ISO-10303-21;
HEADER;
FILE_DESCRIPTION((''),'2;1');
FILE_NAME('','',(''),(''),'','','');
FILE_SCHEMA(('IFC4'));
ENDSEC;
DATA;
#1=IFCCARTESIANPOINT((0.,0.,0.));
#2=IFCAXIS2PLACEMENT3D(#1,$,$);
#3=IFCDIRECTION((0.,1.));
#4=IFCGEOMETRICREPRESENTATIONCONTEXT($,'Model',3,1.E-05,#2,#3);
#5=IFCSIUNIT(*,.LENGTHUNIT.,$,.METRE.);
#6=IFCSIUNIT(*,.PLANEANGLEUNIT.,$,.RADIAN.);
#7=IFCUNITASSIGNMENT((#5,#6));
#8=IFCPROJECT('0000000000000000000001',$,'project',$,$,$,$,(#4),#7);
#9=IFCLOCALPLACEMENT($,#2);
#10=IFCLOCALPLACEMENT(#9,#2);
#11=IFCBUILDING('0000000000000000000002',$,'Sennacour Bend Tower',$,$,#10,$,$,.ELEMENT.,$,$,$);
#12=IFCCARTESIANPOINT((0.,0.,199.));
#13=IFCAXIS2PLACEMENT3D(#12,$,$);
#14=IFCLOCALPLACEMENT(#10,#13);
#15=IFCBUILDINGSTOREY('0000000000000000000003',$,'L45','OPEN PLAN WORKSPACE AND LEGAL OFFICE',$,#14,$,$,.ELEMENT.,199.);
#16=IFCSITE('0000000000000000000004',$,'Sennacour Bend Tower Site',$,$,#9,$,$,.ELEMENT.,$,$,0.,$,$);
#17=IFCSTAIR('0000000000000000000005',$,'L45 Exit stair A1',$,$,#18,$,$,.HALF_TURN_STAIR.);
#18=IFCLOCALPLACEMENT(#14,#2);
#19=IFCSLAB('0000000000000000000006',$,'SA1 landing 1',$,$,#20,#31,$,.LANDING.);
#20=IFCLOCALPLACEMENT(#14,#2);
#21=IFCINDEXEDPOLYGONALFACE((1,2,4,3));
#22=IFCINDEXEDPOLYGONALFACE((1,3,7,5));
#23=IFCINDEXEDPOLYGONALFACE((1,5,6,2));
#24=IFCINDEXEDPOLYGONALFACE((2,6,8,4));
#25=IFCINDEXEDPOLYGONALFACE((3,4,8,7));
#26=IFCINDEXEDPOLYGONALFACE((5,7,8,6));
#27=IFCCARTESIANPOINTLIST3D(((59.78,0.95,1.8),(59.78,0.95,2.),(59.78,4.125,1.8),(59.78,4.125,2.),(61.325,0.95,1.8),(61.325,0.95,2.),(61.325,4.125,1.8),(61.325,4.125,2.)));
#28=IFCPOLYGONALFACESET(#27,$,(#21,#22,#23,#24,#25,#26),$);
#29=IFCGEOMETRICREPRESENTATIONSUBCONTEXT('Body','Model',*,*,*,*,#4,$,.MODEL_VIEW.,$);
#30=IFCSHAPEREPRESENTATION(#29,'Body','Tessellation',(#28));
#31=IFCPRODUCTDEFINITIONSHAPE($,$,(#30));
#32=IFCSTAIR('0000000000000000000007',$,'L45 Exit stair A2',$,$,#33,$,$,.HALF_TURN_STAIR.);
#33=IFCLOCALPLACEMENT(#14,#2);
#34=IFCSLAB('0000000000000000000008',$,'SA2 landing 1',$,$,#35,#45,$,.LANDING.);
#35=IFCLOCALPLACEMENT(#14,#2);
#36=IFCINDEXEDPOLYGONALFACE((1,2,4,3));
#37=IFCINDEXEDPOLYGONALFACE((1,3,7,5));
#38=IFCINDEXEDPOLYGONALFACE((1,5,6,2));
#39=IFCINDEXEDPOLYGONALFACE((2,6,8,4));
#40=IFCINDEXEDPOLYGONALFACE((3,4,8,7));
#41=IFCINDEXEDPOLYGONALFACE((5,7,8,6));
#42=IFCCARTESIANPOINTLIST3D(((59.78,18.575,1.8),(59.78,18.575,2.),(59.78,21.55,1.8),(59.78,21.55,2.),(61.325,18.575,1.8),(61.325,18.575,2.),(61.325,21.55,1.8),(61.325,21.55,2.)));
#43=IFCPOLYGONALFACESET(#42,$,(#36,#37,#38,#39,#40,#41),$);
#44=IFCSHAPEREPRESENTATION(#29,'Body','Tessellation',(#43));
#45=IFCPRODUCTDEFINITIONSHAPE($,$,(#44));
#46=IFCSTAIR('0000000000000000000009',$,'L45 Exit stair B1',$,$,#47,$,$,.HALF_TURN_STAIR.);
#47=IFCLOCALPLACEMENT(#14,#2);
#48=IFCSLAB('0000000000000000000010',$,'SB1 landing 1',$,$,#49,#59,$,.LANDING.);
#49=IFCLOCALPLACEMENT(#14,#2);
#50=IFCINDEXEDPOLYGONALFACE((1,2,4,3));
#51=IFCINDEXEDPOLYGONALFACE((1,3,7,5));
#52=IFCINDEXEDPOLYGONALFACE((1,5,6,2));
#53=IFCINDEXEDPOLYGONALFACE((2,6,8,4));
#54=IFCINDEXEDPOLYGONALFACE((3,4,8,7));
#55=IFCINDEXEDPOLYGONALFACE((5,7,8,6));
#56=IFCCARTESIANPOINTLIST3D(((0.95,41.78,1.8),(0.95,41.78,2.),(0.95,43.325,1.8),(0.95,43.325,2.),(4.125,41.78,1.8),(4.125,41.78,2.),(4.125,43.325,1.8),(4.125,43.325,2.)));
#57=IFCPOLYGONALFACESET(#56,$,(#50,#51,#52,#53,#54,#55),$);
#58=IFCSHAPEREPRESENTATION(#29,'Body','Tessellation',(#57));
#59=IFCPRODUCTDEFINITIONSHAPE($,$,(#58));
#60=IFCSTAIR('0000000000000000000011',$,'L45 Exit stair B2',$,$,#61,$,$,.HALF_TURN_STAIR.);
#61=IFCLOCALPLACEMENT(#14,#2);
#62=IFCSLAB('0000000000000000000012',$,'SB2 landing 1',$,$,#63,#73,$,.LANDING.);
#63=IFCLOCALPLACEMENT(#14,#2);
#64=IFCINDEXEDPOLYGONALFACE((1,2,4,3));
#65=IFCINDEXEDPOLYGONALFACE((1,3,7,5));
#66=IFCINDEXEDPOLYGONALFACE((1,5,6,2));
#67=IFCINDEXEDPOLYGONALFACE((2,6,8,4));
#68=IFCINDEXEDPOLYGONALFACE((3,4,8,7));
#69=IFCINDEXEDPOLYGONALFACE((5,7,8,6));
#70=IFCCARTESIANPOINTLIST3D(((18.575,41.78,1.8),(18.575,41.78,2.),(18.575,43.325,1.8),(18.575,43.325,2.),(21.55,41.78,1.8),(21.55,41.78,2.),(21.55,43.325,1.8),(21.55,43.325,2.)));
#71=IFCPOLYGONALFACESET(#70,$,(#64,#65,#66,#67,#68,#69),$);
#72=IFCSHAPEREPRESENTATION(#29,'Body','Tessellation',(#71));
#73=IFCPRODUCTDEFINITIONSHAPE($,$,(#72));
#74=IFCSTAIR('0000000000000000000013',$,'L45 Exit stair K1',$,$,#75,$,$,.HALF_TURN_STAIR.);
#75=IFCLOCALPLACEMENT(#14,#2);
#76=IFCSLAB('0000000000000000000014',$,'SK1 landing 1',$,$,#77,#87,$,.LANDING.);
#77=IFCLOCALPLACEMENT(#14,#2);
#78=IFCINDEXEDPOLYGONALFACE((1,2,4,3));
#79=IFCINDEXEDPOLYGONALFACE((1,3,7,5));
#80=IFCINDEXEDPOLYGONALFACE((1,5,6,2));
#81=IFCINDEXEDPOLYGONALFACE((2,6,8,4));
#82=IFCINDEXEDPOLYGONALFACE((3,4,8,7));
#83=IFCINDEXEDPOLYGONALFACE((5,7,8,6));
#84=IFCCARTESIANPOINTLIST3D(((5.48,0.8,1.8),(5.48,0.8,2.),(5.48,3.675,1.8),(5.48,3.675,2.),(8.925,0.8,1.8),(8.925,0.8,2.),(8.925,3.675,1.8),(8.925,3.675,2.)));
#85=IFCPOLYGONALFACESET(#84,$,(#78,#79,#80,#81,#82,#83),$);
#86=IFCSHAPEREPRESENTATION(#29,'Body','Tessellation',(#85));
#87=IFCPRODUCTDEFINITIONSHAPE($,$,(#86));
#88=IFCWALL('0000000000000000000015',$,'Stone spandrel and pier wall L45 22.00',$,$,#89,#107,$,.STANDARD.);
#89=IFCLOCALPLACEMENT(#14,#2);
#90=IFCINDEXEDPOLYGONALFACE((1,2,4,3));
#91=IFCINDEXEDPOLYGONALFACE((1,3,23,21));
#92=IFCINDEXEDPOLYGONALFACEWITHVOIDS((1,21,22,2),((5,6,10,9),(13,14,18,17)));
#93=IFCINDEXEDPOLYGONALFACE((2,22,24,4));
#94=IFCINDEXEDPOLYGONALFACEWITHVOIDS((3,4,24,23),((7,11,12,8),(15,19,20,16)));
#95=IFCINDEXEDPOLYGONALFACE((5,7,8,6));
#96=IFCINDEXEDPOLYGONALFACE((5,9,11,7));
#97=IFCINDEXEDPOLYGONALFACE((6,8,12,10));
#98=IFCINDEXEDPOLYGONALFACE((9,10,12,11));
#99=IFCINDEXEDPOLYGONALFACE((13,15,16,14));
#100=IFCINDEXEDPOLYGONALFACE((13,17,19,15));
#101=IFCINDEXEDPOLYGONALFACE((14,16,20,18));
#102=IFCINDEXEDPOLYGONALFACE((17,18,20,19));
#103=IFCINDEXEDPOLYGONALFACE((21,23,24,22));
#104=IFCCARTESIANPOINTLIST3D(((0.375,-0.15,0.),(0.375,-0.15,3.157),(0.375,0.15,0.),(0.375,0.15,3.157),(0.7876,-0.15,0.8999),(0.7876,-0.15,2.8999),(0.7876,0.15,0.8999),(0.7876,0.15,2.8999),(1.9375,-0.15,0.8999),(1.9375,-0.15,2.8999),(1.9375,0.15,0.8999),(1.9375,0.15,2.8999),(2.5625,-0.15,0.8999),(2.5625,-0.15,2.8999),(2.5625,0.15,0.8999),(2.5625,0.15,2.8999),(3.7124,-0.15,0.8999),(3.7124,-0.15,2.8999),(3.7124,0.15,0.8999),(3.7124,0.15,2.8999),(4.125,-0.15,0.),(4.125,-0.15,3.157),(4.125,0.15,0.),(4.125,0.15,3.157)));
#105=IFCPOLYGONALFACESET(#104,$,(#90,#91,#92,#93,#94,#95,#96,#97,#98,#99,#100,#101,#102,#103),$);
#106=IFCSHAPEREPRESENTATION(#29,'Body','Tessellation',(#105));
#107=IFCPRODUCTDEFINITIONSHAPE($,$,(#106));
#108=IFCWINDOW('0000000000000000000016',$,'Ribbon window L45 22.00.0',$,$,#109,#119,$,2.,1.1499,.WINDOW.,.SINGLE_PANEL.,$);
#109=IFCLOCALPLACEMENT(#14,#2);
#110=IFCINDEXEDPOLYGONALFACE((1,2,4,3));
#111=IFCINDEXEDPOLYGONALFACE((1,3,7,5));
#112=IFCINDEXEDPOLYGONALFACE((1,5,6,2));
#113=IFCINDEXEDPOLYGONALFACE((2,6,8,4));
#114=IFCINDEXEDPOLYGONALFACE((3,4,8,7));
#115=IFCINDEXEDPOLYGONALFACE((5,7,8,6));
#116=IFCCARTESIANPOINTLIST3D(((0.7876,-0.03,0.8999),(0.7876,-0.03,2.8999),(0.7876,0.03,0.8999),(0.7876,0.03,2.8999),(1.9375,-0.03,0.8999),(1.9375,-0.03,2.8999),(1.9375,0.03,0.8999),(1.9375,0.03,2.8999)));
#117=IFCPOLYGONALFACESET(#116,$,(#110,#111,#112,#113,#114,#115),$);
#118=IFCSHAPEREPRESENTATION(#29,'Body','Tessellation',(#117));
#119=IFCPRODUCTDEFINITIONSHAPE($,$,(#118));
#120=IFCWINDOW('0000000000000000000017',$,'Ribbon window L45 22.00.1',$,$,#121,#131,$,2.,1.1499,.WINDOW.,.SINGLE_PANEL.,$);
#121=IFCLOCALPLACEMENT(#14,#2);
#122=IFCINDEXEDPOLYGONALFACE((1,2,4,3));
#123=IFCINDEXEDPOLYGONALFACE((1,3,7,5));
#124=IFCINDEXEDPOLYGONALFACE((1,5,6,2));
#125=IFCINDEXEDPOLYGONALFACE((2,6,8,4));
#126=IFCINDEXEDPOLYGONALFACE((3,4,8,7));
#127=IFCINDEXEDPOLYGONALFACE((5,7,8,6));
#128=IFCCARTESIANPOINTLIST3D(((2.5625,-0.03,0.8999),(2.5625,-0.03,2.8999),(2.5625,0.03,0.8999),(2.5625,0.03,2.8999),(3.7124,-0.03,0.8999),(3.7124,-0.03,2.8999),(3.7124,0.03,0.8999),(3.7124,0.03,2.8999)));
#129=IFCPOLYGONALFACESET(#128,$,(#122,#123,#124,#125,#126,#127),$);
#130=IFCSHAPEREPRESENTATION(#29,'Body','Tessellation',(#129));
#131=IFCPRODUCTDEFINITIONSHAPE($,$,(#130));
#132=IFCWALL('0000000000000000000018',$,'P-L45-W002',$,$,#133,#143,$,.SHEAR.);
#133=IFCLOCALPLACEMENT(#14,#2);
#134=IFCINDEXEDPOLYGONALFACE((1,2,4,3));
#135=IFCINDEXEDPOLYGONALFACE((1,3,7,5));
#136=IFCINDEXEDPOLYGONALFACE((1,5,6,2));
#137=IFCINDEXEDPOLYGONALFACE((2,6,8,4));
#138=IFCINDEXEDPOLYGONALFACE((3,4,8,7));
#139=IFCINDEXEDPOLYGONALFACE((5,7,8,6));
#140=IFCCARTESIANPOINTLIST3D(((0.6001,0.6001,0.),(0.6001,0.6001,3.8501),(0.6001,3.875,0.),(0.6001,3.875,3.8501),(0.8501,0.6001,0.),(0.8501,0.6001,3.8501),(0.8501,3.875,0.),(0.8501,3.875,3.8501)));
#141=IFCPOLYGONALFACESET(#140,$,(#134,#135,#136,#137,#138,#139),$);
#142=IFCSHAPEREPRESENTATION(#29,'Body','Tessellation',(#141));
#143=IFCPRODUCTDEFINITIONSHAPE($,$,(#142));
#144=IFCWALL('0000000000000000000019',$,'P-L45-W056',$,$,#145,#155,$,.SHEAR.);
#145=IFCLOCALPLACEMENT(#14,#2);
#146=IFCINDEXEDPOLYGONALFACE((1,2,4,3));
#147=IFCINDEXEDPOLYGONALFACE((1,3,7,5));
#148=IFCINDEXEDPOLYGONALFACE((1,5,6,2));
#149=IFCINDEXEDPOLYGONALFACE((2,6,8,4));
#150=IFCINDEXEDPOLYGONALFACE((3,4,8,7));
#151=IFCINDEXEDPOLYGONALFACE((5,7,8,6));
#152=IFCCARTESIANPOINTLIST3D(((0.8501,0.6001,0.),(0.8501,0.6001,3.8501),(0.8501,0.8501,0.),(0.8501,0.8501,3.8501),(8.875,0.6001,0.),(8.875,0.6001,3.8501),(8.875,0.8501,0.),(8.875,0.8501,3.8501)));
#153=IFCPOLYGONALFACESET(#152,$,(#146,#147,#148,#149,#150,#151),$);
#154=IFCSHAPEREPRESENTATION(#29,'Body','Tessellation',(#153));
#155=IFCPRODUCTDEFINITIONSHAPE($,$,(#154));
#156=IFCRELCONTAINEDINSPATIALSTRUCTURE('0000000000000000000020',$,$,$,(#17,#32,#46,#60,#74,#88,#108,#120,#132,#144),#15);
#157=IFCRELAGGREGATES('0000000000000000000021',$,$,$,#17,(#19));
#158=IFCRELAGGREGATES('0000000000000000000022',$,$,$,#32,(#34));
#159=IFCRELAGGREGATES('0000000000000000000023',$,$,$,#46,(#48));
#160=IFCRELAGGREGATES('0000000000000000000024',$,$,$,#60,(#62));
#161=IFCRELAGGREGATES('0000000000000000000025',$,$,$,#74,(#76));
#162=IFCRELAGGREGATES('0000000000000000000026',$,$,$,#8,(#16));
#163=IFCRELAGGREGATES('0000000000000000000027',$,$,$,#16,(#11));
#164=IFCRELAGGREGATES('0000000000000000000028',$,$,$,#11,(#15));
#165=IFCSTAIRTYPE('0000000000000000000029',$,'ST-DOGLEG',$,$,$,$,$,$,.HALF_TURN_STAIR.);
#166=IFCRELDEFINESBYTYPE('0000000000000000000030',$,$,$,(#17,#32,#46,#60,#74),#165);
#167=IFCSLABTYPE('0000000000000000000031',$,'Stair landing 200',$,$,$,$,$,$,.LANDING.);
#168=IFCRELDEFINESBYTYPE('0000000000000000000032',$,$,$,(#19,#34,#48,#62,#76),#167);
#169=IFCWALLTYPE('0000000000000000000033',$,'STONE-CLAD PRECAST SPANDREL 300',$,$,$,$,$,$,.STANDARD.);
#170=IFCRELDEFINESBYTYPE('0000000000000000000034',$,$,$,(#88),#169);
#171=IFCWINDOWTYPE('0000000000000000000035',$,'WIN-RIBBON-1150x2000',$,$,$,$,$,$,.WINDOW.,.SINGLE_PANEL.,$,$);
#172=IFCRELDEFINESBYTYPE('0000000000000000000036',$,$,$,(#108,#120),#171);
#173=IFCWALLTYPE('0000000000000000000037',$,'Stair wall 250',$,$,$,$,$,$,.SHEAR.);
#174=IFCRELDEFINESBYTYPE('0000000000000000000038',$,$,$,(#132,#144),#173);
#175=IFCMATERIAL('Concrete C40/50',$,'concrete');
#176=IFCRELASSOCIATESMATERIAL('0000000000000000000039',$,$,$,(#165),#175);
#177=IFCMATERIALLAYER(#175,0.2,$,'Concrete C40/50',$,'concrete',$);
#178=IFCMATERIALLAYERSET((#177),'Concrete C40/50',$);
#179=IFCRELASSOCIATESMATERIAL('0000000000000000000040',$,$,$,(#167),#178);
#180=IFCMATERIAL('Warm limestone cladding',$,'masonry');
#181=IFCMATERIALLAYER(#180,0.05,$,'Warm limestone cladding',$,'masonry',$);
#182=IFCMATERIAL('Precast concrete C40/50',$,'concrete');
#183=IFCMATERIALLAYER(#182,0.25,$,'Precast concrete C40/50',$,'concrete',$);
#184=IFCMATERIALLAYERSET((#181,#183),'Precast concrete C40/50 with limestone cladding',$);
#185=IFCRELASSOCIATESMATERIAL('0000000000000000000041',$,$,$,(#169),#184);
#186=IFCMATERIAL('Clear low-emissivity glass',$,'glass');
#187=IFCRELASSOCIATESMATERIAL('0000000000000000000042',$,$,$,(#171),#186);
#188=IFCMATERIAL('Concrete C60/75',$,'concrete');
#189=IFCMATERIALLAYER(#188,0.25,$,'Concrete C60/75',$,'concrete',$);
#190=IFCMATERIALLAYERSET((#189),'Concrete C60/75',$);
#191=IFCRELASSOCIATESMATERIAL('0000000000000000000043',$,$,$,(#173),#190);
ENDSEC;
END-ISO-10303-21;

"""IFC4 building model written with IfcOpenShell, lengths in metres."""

from ifc_helpers import new_model, si_unit, direction, frame, frame_2d, origin, place, context, subcontext, project, spatial, polyline, rectangle, outline, extrude, material, layer, layer_set, type_object, element, fill, aggregate, save


model = new_model("IFC4")

# Units and contexts
model_context = context("Model", 3, precision=1e-05, world=origin(), true_north=direction((0.0, 1.0)))
body_context = subcontext(model_context, "Body", "Model", "MODEL_VIEW")
ifc_project = project(units=[si_unit("LENGTHUNIT", "METRE"), si_unit("PLANEANGLEUNIT", "RADIAN")], contexts=[model_context])

# Site, building, storey
site_placement = place(None, origin())
site = spatial("IfcSite", under=ifc_project, at=site_placement, Name="Sennacour Bend Tower Site", CompositionType="ELEMENT", RefElevation=0.0)
building_placement = place(site_placement, origin())
building = spatial("IfcBuilding", under=site, at=building_placement, Name="Sennacour Bend Tower", CompositionType="ELEMENT")
storey_placement = place(building_placement, frame((0.0, 0.0, 199.0)))
storey = spatial("IfcBuildingStorey", under=building, at=storey_placement, Name="L45", Description="OPEN PLAN WORKSPACE AND LEGAL OFFICE", CompositionType="ELEMENT", Elevation=199.0)

# Shared definitions
ifc_material_1 = material(Name="Concrete C40/50", Category="concrete")

# Stairs, slabs
stair_type = type_object("IfcStairType", Name="ST-DOGLEG", PredefinedType="HALF_TURN_STAIR", material=ifc_material_1)
stair_1_placement = place(storey_placement, origin())
stair_1 = element("IfcStair", 1, at=stair_1_placement, inside=storey, type_object=stair_type, Name="L45 Exit stair A1", PredefinedType="HALF_TURN_STAIR")
ifc_layer_1 = layer(ifc_material_1, 0.2, Name="Concrete C40/50", Category="concrete")
ifc_layer_set_1 = layer_set([ifc_layer_1], Name="Concrete C40/50")
slab_type_1 = type_object("IfcSlabType", Name="Stair landing 200", PredefinedType="LANDING", material=ifc_layer_set_1)
slab_1_placement = place(storey_placement, frame((0.0, 0.0, 1.8)))
slab_1 = element("IfcSlab", 2, at=slab_1_placement, type_object=slab_type_1, Name="SA1 landing 1", PredefinedType="LANDING", context=body_context, shape_type="SweptSolid", body=[
    extrude(outline(polyline([(59.78, 0.95), (61.325, 0.95), (61.325, 4.125), (59.78, 4.125), (59.78, 0.95)])), origin(), (0.0, 0.0, 1.0), 0.2),
])
aggregate(stair_1, [slab_1])
stair_2_placement = place(storey_placement, origin())
stair_2 = element("IfcStair", 3, at=stair_2_placement, inside=storey, type_object=stair_type, Name="L45 Exit stair A2", PredefinedType="HALF_TURN_STAIR")
slab_2_placement = place(storey_placement, frame((0.0, 0.0, 1.8)))
slab_2 = element("IfcSlab", 4, at=slab_2_placement, type_object=slab_type_1, Name="SA2 landing 1", PredefinedType="LANDING", context=body_context, shape_type="SweptSolid", body=[
    extrude(outline(polyline([(59.78, 18.575), (61.325, 18.575), (61.325, 21.55), (59.78, 21.55), (59.78, 18.575)])), origin(), (0.0, 0.0, 1.0), 0.2),
])
aggregate(stair_2, [slab_2])
stair_3_placement = place(storey_placement, origin())
stair_3 = element("IfcStair", 5, at=stair_3_placement, inside=storey, type_object=stair_type, Name="L45 Exit stair B1", PredefinedType="HALF_TURN_STAIR")
slab_3_placement = place(storey_placement, frame((0.0, 0.0, 1.8)))
slab_3 = element("IfcSlab", 6, at=slab_3_placement, type_object=slab_type_1, Name="SB1 landing 1", PredefinedType="LANDING", context=body_context, shape_type="SweptSolid", body=[
    extrude(outline(polyline([(0.95, 41.78), (4.125, 41.78), (4.125, 43.325), (0.95, 43.325), (0.95, 41.78)])), origin(), (0.0, 0.0, 1.0), 0.2),
])
aggregate(stair_3, [slab_3])
stair_4_placement = place(storey_placement, origin())
stair_4 = element("IfcStair", 7, at=stair_4_placement, inside=storey, type_object=stair_type, Name="L45 Exit stair B2", PredefinedType="HALF_TURN_STAIR")
slab_4_placement = place(storey_placement, frame((0.0, 0.0, 1.8)))
slab_4 = element("IfcSlab", 8, at=slab_4_placement, type_object=slab_type_1, Name="SB2 landing 1", PredefinedType="LANDING", context=body_context, shape_type="SweptSolid", body=[
    extrude(outline(polyline([(18.575, 41.78), (21.55, 41.78), (21.55, 43.325), (18.575, 43.325), (18.575, 41.78)])), origin(), (0.0, 0.0, 1.0), 0.2),
])
aggregate(stair_4, [slab_4])
stair_5_placement = place(storey_placement, origin())
stair_5 = element("IfcStair", 9, at=stair_5_placement, inside=storey, type_object=stair_type, Name="L45 Exit stair K1", PredefinedType="HALF_TURN_STAIR")
slab_5_placement = place(storey_placement, frame((0.0, 0.0, 1.8)))
slab_5 = element("IfcSlab", 10, at=slab_5_placement, type_object=slab_type_1, Name="SK1 landing 1", PredefinedType="LANDING", context=body_context, shape_type="SweptSolid", body=[
    extrude(outline(polyline([(5.48, 0.8), (8.925, 0.8), (8.925, 3.675), (5.48, 3.675), (5.48, 0.8)])), origin(), (0.0, 0.0, 1.0), 0.2),
])
aggregate(stair_5, [slab_5])

# Wall, openings, windows
ifc_material_2 = material(Name="Warm limestone cladding", Category="masonry")
ifc_layer_2 = layer(ifc_material_2, 0.05, Name="Warm limestone cladding", Category="masonry")
ifc_material_3 = material(Name="Precast concrete C40/50", Category="concrete")
ifc_layer_3 = layer(ifc_material_3, 0.25, Name="Precast concrete C40/50", Category="concrete")
ifc_layer_set_2 = layer_set([ifc_layer_2, ifc_layer_3], Name="Precast concrete C40/50 with limestone cladding")
wall_type_1 = type_object("IfcWallType", Name="STONE-CLAD PRECAST SPANDREL 300", PredefinedType="STANDARD", material=ifc_layer_set_2)
wall_1_placement = place(storey_placement, frame((0.375, 0.0, 0.0), z_axis=(0.0, 0.0, 1.0), x_axis=(1.0, 0.0, 0.0)))
wall_1 = element("IfcWall", 11, at=wall_1_placement, inside=storey, type_object=wall_type_1, Name="Stone spandrel and pier wall L45 22.00", PredefinedType="STANDARD", context=body_context, shape_type="SweptSolid", body=[
    extrude(rectangle(XDim=3.75, YDim=0.3, at=frame_2d((1.875, 0.0))), origin(), (0.0, 0.0, 1.0), 3.157),
])
opening_1_placement = place(wall_1_placement, frame((0.4126, 0.0, 0.8999)))
opening_1 = element("IfcOpeningElement", 12, at=opening_1_placement, cuts=wall_1, PredefinedType="OPENING", context=body_context, shape_type="SweptSolid", body=[
    extrude(rectangle(XDim=1.1499, YDim=2.0, at=frame_2d((0.575, 1.0))), frame((0.0, 0.1602, 0.0), z_axis=(0.0, -1.0, 0.0), x_axis=(1.0, 0.0, 0.0)), (0.0, 0.0, 1.0), 0.3201),
])
opening_2_placement = place(wall_1_placement, frame((2.1875, 0.0, 0.8999)))
opening_2 = element("IfcOpeningElement", 13, at=opening_2_placement, cuts=wall_1, PredefinedType="OPENING", context=body_context, shape_type="SweptSolid", body=[
    extrude(rectangle(XDim=1.1499, YDim=2.0, at=frame_2d((0.575, 1.0))), frame((0.0, 0.1602, 0.0), z_axis=(0.0, -1.0, 0.0), x_axis=(1.0, 0.0, 0.0)), (0.0, 0.0, 1.0), 0.3201),
])
ifc_material_4 = material(Name="Clear low-emissivity glass", Category="glass")
window_type = type_object("IfcWindowType", Name="WIN-RIBBON-1150x2000", PartitioningType="SINGLE_PANEL", PredefinedType="WINDOW", material=ifc_material_4)
window_1_placement = place(opening_1_placement, origin())
window_1 = element("IfcWindow", 14, at=window_1_placement, inside=storey, type_object=window_type, Name="Ribbon window L45 22.00.0", OverallHeight=2.0, OverallWidth=1.1499, PartitioningType="SINGLE_PANEL", PredefinedType="WINDOW", context=body_context, shape_type="SweptSolid", body=[
    extrude(rectangle(XDim=1.1499, YDim=2.0, at=frame_2d((0.575, 1.0))), frame((0.0, 0.03, 0.0), z_axis=(0.0, -1.0, 0.0), x_axis=(1.0, 0.0, 0.0)), (0.0, 0.0, 1.0), 0.0601),
])
fill(opening_1, window_1)
window_2_placement = place(opening_2_placement, origin())
window_2 = element("IfcWindow", 15, at=window_2_placement, inside=storey, type_object=window_type, Name="Ribbon window L45 22.00.1", OverallHeight=2.0, OverallWidth=1.1499, PartitioningType="SINGLE_PANEL", PredefinedType="WINDOW", context=body_context, shape_type="SweptSolid", body=[
    extrude(rectangle(XDim=1.1499, YDim=2.0, at=frame_2d((0.575, 1.0))), frame((0.0, 0.03, 0.0), z_axis=(0.0, -1.0, 0.0), x_axis=(1.0, 0.0, 0.0)), (0.0, 0.0, 1.0), 0.0601),
])
fill(opening_2, window_2)

# Walls
ifc_material_5 = material(Name="Concrete C60/75", Category="concrete")
ifc_layer_4 = layer(ifc_material_5, 0.25, Name="Concrete C60/75", Category="concrete")
ifc_layer_set_3 = layer_set([ifc_layer_4], Name="Concrete C60/75")
wall_type_2 = type_object("IfcWallType", Name="Stair wall 250", PredefinedType="SHEAR", material=ifc_layer_set_3)
wall_2_placement = place(storey_placement, frame((0.7251, 0.6001, 0.0), z_axis=(0.0, 0.0, 1.0), x_axis=(0.0, 1.0, 0.0)))
element("IfcWall", 16, at=wall_2_placement, inside=storey, type_object=wall_type_2, Name="P-L45-W002", PredefinedType="SHEAR", context=body_context, shape_type="SweptSolid", body=[
    extrude(rectangle(XDim=3.2749, YDim=0.25, at=frame_2d((1.6375, 0.0))), origin(), (0.0, 0.0, 1.0), 3.8501),
])
wall_3_placement = place(storey_placement, frame((0.8501, 0.7251, 0.0), z_axis=(0.0, 0.0, 1.0), x_axis=(1.0, 0.0, 0.0)))
element("IfcWall", 17, at=wall_3_placement, inside=storey, type_object=wall_type_2, Name="P-L45-W056", PredefinedType="SHEAR", context=body_context, shape_type="SweptSolid", body=[
    extrude(rectangle(XDim=8.0249, YDim=0.25, at=frame_2d((4.0125, 0.0))), origin(), (0.0, 0.0, 1.0), 3.8501),
])

save(model, "model.ifc")
